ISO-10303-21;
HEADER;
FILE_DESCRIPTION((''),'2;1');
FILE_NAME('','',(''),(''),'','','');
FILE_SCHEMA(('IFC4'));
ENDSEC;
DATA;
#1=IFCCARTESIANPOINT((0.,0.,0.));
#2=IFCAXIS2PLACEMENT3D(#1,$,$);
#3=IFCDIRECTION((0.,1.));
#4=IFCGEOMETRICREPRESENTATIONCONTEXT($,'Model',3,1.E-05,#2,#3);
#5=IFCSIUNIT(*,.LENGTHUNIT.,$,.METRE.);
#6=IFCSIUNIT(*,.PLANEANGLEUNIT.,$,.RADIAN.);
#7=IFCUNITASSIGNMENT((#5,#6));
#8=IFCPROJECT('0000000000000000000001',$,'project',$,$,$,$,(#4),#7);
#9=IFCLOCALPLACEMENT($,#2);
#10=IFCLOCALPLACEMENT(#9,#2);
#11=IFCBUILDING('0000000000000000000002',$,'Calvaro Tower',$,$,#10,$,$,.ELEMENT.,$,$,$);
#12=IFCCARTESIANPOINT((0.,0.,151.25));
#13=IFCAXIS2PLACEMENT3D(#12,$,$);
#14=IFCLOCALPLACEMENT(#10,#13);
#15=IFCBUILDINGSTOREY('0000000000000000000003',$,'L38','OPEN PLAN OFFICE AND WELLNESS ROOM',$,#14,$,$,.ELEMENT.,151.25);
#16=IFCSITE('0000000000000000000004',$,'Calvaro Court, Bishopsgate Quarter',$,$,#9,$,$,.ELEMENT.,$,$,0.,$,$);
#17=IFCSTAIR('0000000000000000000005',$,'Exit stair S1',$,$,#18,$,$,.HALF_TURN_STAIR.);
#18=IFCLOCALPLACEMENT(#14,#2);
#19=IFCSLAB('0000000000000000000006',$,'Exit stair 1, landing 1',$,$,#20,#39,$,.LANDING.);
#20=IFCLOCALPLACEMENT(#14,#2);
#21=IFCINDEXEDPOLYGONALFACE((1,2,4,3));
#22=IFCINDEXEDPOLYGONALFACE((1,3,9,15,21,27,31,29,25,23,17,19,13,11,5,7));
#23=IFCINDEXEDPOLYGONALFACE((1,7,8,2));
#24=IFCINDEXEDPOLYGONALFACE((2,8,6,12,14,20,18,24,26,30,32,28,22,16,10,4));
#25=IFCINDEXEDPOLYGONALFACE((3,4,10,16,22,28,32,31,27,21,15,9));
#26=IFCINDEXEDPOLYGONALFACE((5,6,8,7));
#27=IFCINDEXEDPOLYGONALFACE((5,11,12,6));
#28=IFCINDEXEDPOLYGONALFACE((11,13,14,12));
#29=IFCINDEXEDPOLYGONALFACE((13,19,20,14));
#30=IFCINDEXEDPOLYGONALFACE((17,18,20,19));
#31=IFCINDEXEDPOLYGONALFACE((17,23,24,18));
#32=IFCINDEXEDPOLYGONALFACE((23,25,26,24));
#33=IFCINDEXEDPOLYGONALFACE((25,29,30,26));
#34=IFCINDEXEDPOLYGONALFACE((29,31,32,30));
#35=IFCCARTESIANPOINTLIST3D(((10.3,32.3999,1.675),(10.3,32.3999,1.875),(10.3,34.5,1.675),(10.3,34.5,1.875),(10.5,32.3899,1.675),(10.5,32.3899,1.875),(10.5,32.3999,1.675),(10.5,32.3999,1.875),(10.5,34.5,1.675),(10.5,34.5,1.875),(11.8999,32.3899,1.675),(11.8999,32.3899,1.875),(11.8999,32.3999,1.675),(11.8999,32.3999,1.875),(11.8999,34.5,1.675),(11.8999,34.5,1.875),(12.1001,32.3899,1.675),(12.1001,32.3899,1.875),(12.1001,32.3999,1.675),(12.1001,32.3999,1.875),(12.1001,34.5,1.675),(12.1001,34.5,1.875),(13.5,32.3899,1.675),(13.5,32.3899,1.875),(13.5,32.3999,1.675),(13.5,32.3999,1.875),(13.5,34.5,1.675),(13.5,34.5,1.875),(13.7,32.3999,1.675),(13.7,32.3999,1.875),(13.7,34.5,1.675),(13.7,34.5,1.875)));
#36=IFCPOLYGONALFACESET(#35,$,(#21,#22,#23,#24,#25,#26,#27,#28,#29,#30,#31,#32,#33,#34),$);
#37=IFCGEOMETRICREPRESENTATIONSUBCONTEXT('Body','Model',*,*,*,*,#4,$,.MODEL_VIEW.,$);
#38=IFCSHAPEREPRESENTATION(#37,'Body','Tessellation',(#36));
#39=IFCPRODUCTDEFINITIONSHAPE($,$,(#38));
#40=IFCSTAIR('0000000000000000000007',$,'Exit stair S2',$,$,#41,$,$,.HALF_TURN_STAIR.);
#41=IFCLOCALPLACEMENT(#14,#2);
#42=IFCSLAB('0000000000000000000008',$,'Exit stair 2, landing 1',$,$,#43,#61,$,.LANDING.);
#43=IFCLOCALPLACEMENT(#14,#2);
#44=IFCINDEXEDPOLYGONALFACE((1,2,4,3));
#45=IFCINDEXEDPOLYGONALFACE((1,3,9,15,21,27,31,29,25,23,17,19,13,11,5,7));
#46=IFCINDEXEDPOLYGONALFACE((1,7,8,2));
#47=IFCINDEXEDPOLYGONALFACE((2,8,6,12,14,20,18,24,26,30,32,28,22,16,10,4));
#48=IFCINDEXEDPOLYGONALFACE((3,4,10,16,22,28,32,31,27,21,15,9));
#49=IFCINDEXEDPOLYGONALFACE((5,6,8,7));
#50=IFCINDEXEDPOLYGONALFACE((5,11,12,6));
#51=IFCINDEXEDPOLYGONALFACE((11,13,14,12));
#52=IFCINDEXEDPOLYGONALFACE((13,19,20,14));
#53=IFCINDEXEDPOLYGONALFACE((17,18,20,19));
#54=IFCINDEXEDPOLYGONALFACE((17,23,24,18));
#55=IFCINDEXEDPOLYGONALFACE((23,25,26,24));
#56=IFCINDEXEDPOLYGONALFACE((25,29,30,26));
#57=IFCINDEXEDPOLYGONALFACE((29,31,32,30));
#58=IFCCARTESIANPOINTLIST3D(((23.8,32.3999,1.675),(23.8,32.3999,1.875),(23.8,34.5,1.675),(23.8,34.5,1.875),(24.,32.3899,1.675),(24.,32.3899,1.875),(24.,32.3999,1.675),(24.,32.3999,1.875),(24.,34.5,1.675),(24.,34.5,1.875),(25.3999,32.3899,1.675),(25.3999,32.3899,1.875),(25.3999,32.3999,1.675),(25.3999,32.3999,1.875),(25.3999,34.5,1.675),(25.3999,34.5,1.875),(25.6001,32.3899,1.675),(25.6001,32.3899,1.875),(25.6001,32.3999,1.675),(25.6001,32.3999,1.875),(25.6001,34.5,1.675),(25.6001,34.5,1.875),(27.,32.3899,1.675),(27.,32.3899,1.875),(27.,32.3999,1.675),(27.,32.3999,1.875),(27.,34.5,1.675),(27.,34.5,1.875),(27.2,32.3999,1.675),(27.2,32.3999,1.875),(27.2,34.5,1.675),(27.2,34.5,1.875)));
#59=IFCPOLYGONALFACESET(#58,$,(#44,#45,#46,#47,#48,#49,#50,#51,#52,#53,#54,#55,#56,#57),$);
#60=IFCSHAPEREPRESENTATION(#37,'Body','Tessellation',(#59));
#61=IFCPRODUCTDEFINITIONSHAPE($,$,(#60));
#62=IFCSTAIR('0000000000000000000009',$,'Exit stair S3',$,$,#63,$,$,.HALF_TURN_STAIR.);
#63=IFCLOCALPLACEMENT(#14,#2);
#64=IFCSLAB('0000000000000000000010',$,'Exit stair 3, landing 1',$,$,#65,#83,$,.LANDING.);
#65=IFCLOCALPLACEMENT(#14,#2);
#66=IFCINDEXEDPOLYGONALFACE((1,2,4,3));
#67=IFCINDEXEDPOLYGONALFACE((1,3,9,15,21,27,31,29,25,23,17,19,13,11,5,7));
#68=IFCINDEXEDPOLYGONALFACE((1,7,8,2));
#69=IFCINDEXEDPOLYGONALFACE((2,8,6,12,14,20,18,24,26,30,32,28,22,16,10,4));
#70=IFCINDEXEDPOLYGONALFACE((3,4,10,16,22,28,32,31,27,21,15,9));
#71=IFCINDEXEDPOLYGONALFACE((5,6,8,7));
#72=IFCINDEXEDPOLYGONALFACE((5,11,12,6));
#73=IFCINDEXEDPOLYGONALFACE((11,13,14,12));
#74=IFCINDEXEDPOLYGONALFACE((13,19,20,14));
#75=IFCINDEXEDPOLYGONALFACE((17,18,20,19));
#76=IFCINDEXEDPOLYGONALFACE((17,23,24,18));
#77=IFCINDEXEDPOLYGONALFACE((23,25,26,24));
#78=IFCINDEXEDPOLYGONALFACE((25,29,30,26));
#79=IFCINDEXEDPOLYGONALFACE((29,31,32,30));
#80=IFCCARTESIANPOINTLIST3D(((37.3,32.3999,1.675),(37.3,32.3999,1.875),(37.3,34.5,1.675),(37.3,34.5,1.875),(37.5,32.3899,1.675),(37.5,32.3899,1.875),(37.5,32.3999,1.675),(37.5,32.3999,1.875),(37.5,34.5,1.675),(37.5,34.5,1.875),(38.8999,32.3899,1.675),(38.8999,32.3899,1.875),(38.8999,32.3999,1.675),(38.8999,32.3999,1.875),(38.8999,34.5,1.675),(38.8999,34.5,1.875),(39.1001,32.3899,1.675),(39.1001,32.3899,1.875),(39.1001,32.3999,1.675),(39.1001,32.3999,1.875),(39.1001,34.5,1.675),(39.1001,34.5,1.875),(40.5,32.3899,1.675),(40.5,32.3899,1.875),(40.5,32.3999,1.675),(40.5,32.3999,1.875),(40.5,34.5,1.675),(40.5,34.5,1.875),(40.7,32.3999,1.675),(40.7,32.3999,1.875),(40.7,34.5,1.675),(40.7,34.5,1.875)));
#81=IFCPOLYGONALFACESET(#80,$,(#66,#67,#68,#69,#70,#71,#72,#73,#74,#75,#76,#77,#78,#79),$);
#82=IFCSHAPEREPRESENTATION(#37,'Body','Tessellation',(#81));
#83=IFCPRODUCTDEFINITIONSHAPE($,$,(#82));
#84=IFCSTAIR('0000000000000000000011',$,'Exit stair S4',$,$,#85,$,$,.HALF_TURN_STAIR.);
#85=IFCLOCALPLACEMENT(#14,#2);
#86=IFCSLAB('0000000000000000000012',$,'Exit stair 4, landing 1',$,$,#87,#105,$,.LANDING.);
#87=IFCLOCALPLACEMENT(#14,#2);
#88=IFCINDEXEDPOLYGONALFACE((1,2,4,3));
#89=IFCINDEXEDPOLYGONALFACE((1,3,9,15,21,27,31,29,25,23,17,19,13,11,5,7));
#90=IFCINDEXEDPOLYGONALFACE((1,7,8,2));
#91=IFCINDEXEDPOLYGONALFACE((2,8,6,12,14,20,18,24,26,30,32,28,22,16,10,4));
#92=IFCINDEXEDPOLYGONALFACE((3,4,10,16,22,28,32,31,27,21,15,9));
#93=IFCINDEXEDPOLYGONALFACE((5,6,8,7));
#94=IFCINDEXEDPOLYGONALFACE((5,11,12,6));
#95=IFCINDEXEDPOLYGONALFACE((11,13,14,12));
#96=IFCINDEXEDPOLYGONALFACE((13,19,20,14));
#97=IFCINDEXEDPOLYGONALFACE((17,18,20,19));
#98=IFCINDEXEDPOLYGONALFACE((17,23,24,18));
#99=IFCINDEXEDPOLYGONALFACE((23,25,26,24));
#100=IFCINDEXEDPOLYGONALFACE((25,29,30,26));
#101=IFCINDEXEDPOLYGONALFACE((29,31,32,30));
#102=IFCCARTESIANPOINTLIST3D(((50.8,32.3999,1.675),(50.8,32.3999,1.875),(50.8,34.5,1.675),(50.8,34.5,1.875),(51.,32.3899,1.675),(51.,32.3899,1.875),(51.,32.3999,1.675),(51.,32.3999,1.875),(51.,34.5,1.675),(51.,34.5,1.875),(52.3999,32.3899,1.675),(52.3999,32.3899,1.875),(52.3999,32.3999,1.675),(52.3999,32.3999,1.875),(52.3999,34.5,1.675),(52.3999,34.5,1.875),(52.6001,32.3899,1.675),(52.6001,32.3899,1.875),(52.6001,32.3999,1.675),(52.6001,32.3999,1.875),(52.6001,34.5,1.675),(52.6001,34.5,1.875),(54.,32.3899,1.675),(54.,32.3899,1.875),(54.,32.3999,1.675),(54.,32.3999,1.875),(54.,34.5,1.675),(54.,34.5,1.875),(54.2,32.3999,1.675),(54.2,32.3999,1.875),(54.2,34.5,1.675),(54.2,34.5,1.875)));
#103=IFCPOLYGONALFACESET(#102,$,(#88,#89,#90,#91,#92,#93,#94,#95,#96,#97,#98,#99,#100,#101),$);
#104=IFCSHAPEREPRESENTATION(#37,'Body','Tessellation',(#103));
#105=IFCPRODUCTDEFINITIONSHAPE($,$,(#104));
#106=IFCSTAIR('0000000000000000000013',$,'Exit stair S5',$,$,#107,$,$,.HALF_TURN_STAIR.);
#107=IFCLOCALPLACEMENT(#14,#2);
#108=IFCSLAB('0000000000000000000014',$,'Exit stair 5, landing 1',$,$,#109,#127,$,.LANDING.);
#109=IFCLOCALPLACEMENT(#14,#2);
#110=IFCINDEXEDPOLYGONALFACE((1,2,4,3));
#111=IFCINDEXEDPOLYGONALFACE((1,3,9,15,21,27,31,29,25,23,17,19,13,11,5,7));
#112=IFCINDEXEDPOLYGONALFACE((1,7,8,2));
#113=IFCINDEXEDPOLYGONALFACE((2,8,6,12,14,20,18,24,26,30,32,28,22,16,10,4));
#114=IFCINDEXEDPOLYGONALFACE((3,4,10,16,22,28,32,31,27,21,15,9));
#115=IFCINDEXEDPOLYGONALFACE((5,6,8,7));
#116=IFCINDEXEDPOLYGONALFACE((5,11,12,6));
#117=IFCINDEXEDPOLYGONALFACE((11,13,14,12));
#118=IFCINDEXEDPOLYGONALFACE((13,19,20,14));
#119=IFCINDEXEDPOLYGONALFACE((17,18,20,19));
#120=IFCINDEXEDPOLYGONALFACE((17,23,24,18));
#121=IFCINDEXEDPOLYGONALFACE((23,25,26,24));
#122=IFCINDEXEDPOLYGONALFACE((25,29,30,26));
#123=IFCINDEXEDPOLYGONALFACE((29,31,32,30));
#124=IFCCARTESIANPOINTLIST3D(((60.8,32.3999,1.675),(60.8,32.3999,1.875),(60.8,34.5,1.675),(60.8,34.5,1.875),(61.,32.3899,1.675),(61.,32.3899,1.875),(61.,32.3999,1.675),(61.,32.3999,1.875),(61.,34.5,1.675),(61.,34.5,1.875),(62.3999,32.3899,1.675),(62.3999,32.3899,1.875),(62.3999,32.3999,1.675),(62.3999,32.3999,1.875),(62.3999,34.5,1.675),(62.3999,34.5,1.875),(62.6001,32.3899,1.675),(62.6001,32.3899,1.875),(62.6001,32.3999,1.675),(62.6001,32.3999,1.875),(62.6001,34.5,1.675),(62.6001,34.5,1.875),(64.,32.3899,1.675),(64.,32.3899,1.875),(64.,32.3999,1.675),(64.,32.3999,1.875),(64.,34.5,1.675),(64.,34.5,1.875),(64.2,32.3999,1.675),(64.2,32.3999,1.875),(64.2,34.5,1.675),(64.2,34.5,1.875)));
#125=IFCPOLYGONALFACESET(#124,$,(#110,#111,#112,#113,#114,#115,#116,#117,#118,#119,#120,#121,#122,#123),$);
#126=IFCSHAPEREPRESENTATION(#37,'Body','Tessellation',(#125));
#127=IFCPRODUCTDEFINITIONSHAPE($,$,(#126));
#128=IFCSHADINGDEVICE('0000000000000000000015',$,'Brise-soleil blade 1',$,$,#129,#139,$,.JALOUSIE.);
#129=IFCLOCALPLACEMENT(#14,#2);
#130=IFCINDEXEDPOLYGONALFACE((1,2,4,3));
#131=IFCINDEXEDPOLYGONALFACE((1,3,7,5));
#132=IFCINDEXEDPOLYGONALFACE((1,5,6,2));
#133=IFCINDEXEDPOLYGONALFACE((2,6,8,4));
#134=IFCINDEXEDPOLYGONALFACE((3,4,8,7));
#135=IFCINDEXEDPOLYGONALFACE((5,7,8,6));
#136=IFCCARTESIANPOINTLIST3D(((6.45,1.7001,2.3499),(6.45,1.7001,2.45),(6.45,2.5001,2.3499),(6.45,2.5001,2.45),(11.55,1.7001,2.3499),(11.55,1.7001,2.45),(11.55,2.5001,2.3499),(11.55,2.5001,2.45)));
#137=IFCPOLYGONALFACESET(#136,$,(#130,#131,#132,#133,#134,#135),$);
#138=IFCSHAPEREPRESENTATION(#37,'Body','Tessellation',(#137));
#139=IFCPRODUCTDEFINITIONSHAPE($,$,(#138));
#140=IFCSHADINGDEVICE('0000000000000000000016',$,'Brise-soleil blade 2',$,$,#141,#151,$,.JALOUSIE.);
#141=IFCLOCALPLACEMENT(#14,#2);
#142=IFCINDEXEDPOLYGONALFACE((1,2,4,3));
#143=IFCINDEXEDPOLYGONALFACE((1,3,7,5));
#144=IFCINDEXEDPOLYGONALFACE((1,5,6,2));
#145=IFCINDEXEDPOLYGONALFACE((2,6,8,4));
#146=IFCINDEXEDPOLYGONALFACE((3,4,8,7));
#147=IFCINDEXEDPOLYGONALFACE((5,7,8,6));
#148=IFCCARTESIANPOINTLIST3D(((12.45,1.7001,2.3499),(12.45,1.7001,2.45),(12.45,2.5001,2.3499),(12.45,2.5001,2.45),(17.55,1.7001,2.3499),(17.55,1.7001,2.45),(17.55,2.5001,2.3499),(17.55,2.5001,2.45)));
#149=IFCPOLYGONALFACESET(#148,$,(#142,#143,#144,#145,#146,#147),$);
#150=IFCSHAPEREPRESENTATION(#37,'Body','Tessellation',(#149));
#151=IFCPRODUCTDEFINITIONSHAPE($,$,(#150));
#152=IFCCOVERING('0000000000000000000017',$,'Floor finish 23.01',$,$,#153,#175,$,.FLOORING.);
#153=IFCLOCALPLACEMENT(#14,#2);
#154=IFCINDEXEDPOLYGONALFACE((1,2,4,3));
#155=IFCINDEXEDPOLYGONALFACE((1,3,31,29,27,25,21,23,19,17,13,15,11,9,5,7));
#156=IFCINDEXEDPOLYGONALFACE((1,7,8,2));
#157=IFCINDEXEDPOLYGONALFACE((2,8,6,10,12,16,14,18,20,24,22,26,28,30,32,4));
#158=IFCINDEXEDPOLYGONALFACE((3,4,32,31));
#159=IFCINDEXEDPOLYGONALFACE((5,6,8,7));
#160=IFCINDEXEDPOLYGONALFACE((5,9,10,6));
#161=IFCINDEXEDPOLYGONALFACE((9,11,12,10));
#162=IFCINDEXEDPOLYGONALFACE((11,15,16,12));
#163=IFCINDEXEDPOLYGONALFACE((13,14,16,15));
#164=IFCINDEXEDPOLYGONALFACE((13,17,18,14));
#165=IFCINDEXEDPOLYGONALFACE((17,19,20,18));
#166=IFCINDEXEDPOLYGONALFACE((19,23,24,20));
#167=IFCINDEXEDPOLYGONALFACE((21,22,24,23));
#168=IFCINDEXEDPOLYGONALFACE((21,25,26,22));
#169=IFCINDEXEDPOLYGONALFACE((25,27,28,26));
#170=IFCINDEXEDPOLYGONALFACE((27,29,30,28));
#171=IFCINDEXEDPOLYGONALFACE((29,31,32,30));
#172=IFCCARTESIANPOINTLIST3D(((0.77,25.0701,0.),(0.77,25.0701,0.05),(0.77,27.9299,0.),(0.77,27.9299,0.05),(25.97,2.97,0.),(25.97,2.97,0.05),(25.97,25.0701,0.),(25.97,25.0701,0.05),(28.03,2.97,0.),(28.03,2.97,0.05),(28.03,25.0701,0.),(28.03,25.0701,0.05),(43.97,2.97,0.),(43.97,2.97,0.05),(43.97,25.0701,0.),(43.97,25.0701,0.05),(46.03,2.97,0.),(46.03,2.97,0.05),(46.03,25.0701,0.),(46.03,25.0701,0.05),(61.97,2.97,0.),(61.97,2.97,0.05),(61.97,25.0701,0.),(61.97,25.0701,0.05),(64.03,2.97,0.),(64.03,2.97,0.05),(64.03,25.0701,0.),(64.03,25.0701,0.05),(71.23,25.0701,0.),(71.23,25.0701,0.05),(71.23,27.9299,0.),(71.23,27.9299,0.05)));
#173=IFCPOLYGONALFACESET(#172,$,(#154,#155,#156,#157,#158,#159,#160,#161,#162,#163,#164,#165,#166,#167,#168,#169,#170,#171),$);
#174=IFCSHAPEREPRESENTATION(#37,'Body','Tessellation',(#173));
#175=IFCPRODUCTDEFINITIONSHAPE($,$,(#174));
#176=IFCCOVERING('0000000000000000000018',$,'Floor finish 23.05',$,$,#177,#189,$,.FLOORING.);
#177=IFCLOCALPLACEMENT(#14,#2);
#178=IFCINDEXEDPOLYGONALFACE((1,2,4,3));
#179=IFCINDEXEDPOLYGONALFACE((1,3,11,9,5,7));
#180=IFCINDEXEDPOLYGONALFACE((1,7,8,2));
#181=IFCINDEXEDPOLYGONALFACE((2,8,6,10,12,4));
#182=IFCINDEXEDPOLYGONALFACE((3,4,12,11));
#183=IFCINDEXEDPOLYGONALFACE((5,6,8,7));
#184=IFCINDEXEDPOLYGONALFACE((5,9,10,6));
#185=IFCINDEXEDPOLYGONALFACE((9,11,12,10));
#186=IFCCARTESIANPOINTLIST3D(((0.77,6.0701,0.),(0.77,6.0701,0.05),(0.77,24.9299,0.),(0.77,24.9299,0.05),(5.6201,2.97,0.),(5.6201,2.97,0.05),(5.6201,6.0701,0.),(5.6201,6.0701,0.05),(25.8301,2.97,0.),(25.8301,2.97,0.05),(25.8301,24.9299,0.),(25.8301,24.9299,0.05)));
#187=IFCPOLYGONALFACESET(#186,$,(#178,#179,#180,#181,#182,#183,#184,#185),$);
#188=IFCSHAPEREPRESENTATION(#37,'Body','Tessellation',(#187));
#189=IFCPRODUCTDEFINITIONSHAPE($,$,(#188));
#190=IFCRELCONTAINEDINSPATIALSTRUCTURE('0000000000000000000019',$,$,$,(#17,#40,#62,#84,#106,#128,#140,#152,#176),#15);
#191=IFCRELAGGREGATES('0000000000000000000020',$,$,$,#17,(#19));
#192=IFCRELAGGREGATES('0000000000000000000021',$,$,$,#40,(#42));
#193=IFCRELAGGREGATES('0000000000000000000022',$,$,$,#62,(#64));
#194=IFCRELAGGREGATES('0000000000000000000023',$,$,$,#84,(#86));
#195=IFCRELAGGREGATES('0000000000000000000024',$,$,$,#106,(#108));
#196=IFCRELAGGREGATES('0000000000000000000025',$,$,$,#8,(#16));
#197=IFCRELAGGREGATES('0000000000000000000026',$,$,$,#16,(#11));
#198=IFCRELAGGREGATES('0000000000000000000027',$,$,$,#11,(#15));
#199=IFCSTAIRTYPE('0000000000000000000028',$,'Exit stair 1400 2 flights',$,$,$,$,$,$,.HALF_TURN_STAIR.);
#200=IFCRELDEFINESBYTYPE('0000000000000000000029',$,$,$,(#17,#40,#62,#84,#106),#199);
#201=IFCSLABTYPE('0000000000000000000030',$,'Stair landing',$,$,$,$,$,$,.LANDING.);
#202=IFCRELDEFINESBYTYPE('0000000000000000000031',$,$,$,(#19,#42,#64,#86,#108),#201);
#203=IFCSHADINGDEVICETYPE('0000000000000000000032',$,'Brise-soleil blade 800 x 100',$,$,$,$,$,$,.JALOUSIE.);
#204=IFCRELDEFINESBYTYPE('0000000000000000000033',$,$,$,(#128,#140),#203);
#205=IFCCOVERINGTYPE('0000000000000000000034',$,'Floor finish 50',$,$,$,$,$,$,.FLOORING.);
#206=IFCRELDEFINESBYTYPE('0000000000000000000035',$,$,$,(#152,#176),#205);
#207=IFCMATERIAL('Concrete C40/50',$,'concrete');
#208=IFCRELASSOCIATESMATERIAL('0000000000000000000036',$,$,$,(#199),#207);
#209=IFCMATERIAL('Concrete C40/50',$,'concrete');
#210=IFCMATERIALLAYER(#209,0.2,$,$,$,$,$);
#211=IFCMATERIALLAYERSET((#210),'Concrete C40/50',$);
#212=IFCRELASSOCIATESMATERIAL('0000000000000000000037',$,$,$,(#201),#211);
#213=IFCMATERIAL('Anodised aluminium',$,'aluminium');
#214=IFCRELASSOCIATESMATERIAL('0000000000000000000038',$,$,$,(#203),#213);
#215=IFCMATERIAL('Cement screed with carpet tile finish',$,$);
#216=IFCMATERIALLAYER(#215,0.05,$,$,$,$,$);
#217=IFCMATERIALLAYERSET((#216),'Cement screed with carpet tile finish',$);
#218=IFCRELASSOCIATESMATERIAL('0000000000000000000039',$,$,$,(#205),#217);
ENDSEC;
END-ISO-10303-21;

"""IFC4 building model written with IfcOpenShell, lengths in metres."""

from ifc_helpers import new_model, si_unit, direction, frame, origin, origin_2d, place, context, subcontext, project, spatial, polyline, rectangle, outline, extrude, material, layer, layer_set, material_profile, profile_set, type_object, element, aggregate, save


model = new_model("IFC4")

# Units and contexts
model_context = context("Model", 3, precision=1e-05, world=origin(), true_north=direction((0.0, 1.0)))
body_context = subcontext(model_context, "Body", "Model", "MODEL_VIEW")
ifc_project = project(units=[si_unit("LENGTHUNIT", "METRE"), si_unit("PLANEANGLEUNIT", "RADIAN")], contexts=[model_context])

# Site, building, storey
site_placement = place(None, origin())
site = spatial("IfcSite", under=ifc_project, at=site_placement, Name="Calvaro Court, Bishopsgate Quarter", CompositionType="ELEMENT", RefElevation=0.0)
building_placement = place(site_placement, origin())
building = spatial("IfcBuilding", under=site, at=building_placement, Name="Calvaro Tower", CompositionType="ELEMENT")
storey_placement = place(building_placement, frame((0.0, 0.0, 151.25)))
storey = spatial("IfcBuildingStorey", under=building, at=storey_placement, Name="L38", Description="OPEN PLAN OFFICE AND WELLNESS ROOM", CompositionType="ELEMENT", Elevation=151.25)

# Stairs, slabs
ifc_material_1 = material(Name="Concrete C40/50", Category="concrete")
stair_type = type_object("IfcStairType", Name="Exit stair 1400 2 flights", PredefinedType="HALF_TURN_STAIR", material=ifc_material_1)
stair_1_placement = place(storey_placement, origin())
stair_1 = element("IfcStair", 1, at=stair_1_placement, inside=storey, type_object=stair_type, Name="Exit stair S1", PredefinedType="HALF_TURN_STAIR")
ifc_material_2 = material(Name="Concrete C40/50", Category="concrete")
ifc_layer_1 = layer(ifc_material_2, 0.2)
ifc_layer_set_1 = layer_set([ifc_layer_1], Name="Concrete C40/50")
slab_type_1 = type_object("IfcSlabType", Name="Stair landing", PredefinedType="LANDING", material=ifc_layer_set_1)
slab_1_placement = place(storey_placement, frame((0.0, 0.0, 1.675)))
slab_1 = element("IfcSlab", 2, at=slab_1_placement, type_object=slab_type_1, Name="Exit stair 1, landing 1", PredefinedType="LANDING", context=body_context, shape_type="SweptSolid", body=[
    extrude(outline(polyline([(11.8999, 32.3899), (10.5, 32.3899), (10.5, 32.3999), (10.3, 32.3999), (10.3, 34.5), (10.5, 34.5), (11.8999, 34.5), (12.1001, 34.5), (13.5, 34.5), (13.7, 34.5), (13.7, 32.3999), (13.5, 32.3999), (13.5, 32.3899), (12.1001, 32.3899), (12.1001, 32.3999), (11.8999, 32.3999), (11.8999, 32.3899)])), origin(), (0.0, 0.0, 1.0), 0.2),
])
aggregate(stair_1, [slab_1])
stair_2_placement = place(storey_placement, origin())
stair_2 = element("IfcStair", 3, at=stair_2_placement, inside=storey, type_object=stair_type, Name="Exit stair S2", PredefinedType="HALF_TURN_STAIR")
slab_2_placement = place(storey_placement, frame((0.0, 0.0, 1.675)))
slab_2 = element("IfcSlab", 4, at=slab_2_placement, type_object=slab_type_1, Name="Exit stair 2, landing 1", PredefinedType="LANDING", context=body_context, shape_type="SweptSolid", body=[
    extrude(outline(polyline([(25.3999, 32.3899), (24.0, 32.3899), (24.0, 32.3999), (23.8, 32.3999), (23.8, 34.5), (24.0, 34.5), (25.3999, 34.5), (25.6001, 34.5), (27.0, 34.5), (27.2, 34.5), (27.2, 32.3999), (27.0, 32.3999), (27.0, 32.3899), (25.6001, 32.3899), (25.6001, 32.3999), (25.3999, 32.3999), (25.3999, 32.3899)])), origin(), (0.0, 0.0, 1.0), 0.2),
])
aggregate(stair_2, [slab_2])
stair_3_placement = place(storey_placement, origin())
stair_3 = element("IfcStair", 5, at=stair_3_placement, inside=storey, type_object=stair_type, Name="Exit stair S3", PredefinedType="HALF_TURN_STAIR")
slab_3_placement = place(storey_placement, frame((0.0, 0.0, 1.675)))
slab_3 = element("IfcSlab", 6, at=slab_3_placement, type_object=slab_type_1, Name="Exit stair 3, landing 1", PredefinedType="LANDING", context=body_context, shape_type="SweptSolid", body=[
    extrude(outline(polyline([(38.8999, 32.3899), (37.5, 32.3899), (37.5, 32.3999), (37.3, 32.3999), (37.3, 34.5), (37.5, 34.5), (38.8999, 34.5), (39.1001, 34.5), (40.5, 34.5), (40.7, 34.5), (40.7, 32.3999), (40.5, 32.3999), (40.5, 32.3899), (39.1001, 32.3899), (39.1001, 32.3999), (38.8999, 32.3999), (38.8999, 32.3899)])), origin(), (0.0, 0.0, 1.0), 0.2),
])
aggregate(stair_3, [slab_3])
stair_4_placement = place(storey_placement, origin())
stair_4 = element("IfcStair", 7, at=stair_4_placement, inside=storey, type_object=stair_type, Name="Exit stair S4", PredefinedType="HALF_TURN_STAIR")
slab_4_placement = place(storey_placement, frame((0.0, 0.0, 1.675)))
slab_4 = element("IfcSlab", 8, at=slab_4_placement, type_object=slab_type_1, Name="Exit stair 4, landing 1", PredefinedType="LANDING", context=body_context, shape_type="SweptSolid", body=[
    extrude(outline(polyline([(52.3999, 32.3899), (51.0, 32.3899), (51.0, 32.3999), (50.8, 32.3999), (50.8, 34.5), (51.0, 34.5), (52.3999, 34.5), (52.6001, 34.5), (54.0, 34.5), (54.2, 34.5), (54.2, 32.3999), (54.0, 32.3999), (54.0, 32.3899), (52.6001, 32.3899), (52.6001, 32.3999), (52.3999, 32.3999), (52.3999, 32.3899)])), origin(), (0.0, 0.0, 1.0), 0.2),
])
aggregate(stair_4, [slab_4])
stair_5_placement = place(storey_placement, origin())
stair_5 = element("IfcStair", 9, at=stair_5_placement, inside=storey, type_object=stair_type, Name="Exit stair S5", PredefinedType="HALF_TURN_STAIR")
slab_5_placement = place(storey_placement, frame((0.0, 0.0, 1.675)))
slab_5 = element("IfcSlab", 10, at=slab_5_placement, type_object=slab_type_1, Name="Exit stair 5, landing 1", PredefinedType="LANDING", context=body_context, shape_type="SweptSolid", body=[
    extrude(outline(polyline([(62.3999, 32.3899), (61.0, 32.3899), (61.0, 32.3999), (60.8, 32.3999), (60.8, 34.5), (61.0, 34.5), (62.3999, 34.5), (62.6001, 34.5), (64.0, 34.5), (64.2, 34.5), (64.2, 32.3999), (64.0, 32.3999), (64.0, 32.3899), (62.6001, 32.3899), (62.6001, 32.3999), (62.3999, 32.3999), (62.3999, 32.3899)])), origin(), (0.0, 0.0, 1.0), 0.2),
])
aggregate(stair_5, [slab_5])

# Shading devices
ifc_material_3 = material(Name="Anodised aluminium", Category="aluminium")
ifc_material_profile_1 = material_profile(ifc_material_3, rectangle(XDim=0.8, YDim=0.1001, at=origin_2d()), Name="Brise-soleil blade 800 x 100")
ifc_profile_set_1 = profile_set([ifc_material_profile_1], Name="Anodised aluminium")
shading_device_type = type_object("IfcShadingDeviceType", Name="Brise-soleil blade 800 x 100", PredefinedType="JALOUSIE", material=ifc_profile_set_1)
for number, where, z_axis, x_axis, name in (
    (11, (6.45, 2.1001, 2.3999), (1.0, 0.0, 0.0), (0.0, 1.0, 0.0), "Brise-soleil blade 1"),
    (12, (12.45, 2.1001, 2.3999), (1.0, 0.0, 0.0), (0.0, 1.0, 0.0), "Brise-soleil blade 2"),
):
    element("IfcShadingDevice", number, at=place(storey_placement, frame(where, z_axis=z_axis, x_axis=x_axis)), inside=storey, type_object=shading_device_type, Name=name, PredefinedType="JALOUSIE", context=body_context, shape_type="SweptSolid", body=[
        extrude(rectangle(XDim=0.8, YDim=0.1001, at=origin_2d()), origin(), (0.0, 0.0, 1.0), 5.1001),
    ])

# Coverings
ifc_material_4 = material(Name="Cement screed with carpet tile finish")
ifc_layer_2 = layer(ifc_material_4, 0.05)
ifc_layer_set_2 = layer_set([ifc_layer_2], Name="Cement screed with carpet tile finish")
covering_type = type_object("IfcCoveringType", Name="Floor finish 50", PredefinedType="FLOORING", material=ifc_layer_set_2)
covering_1_placement = place(storey_placement, origin())
element("IfcCovering", 13, at=covering_1_placement, inside=storey, type_object=covering_type, Name="Floor finish 23.01", PredefinedType="FLOORING", context=body_context, shape_type="SweptSolid", body=[
    extrude(outline(polyline([(0.77, 25.0701), (0.77, 27.9299), (71.23, 27.9299), (71.23, 25.0701), (64.03, 25.0701), (64.03, 2.97), (61.97, 2.97), (61.97, 25.0701), (46.03, 25.0701), (46.03, 2.97), (43.97, 2.97), (43.97, 25.0701), (28.03, 25.0701), (28.03, 2.97), (25.97, 2.97), (25.97, 25.0701), (0.77, 25.0701)])), origin(), (0.0, 0.0, 1.0), 0.05),
])
covering_2_placement = place(storey_placement, origin())
element("IfcCovering", 14, at=covering_2_placement, inside=storey, type_object=covering_type, Name="Floor finish 23.05", PredefinedType="FLOORING", context=body_context, shape_type="SweptSolid", body=[
    extrude(outline(polyline([(25.8301, 24.9299), (25.8301, 2.97), (5.6201, 2.97), (5.6201, 6.0701), (0.77, 6.0701), (0.77, 24.9299), (25.8301, 24.9299)])), origin(), (0.0, 0.0, 1.0), 0.05),
])

save(model, "model.ifc")
